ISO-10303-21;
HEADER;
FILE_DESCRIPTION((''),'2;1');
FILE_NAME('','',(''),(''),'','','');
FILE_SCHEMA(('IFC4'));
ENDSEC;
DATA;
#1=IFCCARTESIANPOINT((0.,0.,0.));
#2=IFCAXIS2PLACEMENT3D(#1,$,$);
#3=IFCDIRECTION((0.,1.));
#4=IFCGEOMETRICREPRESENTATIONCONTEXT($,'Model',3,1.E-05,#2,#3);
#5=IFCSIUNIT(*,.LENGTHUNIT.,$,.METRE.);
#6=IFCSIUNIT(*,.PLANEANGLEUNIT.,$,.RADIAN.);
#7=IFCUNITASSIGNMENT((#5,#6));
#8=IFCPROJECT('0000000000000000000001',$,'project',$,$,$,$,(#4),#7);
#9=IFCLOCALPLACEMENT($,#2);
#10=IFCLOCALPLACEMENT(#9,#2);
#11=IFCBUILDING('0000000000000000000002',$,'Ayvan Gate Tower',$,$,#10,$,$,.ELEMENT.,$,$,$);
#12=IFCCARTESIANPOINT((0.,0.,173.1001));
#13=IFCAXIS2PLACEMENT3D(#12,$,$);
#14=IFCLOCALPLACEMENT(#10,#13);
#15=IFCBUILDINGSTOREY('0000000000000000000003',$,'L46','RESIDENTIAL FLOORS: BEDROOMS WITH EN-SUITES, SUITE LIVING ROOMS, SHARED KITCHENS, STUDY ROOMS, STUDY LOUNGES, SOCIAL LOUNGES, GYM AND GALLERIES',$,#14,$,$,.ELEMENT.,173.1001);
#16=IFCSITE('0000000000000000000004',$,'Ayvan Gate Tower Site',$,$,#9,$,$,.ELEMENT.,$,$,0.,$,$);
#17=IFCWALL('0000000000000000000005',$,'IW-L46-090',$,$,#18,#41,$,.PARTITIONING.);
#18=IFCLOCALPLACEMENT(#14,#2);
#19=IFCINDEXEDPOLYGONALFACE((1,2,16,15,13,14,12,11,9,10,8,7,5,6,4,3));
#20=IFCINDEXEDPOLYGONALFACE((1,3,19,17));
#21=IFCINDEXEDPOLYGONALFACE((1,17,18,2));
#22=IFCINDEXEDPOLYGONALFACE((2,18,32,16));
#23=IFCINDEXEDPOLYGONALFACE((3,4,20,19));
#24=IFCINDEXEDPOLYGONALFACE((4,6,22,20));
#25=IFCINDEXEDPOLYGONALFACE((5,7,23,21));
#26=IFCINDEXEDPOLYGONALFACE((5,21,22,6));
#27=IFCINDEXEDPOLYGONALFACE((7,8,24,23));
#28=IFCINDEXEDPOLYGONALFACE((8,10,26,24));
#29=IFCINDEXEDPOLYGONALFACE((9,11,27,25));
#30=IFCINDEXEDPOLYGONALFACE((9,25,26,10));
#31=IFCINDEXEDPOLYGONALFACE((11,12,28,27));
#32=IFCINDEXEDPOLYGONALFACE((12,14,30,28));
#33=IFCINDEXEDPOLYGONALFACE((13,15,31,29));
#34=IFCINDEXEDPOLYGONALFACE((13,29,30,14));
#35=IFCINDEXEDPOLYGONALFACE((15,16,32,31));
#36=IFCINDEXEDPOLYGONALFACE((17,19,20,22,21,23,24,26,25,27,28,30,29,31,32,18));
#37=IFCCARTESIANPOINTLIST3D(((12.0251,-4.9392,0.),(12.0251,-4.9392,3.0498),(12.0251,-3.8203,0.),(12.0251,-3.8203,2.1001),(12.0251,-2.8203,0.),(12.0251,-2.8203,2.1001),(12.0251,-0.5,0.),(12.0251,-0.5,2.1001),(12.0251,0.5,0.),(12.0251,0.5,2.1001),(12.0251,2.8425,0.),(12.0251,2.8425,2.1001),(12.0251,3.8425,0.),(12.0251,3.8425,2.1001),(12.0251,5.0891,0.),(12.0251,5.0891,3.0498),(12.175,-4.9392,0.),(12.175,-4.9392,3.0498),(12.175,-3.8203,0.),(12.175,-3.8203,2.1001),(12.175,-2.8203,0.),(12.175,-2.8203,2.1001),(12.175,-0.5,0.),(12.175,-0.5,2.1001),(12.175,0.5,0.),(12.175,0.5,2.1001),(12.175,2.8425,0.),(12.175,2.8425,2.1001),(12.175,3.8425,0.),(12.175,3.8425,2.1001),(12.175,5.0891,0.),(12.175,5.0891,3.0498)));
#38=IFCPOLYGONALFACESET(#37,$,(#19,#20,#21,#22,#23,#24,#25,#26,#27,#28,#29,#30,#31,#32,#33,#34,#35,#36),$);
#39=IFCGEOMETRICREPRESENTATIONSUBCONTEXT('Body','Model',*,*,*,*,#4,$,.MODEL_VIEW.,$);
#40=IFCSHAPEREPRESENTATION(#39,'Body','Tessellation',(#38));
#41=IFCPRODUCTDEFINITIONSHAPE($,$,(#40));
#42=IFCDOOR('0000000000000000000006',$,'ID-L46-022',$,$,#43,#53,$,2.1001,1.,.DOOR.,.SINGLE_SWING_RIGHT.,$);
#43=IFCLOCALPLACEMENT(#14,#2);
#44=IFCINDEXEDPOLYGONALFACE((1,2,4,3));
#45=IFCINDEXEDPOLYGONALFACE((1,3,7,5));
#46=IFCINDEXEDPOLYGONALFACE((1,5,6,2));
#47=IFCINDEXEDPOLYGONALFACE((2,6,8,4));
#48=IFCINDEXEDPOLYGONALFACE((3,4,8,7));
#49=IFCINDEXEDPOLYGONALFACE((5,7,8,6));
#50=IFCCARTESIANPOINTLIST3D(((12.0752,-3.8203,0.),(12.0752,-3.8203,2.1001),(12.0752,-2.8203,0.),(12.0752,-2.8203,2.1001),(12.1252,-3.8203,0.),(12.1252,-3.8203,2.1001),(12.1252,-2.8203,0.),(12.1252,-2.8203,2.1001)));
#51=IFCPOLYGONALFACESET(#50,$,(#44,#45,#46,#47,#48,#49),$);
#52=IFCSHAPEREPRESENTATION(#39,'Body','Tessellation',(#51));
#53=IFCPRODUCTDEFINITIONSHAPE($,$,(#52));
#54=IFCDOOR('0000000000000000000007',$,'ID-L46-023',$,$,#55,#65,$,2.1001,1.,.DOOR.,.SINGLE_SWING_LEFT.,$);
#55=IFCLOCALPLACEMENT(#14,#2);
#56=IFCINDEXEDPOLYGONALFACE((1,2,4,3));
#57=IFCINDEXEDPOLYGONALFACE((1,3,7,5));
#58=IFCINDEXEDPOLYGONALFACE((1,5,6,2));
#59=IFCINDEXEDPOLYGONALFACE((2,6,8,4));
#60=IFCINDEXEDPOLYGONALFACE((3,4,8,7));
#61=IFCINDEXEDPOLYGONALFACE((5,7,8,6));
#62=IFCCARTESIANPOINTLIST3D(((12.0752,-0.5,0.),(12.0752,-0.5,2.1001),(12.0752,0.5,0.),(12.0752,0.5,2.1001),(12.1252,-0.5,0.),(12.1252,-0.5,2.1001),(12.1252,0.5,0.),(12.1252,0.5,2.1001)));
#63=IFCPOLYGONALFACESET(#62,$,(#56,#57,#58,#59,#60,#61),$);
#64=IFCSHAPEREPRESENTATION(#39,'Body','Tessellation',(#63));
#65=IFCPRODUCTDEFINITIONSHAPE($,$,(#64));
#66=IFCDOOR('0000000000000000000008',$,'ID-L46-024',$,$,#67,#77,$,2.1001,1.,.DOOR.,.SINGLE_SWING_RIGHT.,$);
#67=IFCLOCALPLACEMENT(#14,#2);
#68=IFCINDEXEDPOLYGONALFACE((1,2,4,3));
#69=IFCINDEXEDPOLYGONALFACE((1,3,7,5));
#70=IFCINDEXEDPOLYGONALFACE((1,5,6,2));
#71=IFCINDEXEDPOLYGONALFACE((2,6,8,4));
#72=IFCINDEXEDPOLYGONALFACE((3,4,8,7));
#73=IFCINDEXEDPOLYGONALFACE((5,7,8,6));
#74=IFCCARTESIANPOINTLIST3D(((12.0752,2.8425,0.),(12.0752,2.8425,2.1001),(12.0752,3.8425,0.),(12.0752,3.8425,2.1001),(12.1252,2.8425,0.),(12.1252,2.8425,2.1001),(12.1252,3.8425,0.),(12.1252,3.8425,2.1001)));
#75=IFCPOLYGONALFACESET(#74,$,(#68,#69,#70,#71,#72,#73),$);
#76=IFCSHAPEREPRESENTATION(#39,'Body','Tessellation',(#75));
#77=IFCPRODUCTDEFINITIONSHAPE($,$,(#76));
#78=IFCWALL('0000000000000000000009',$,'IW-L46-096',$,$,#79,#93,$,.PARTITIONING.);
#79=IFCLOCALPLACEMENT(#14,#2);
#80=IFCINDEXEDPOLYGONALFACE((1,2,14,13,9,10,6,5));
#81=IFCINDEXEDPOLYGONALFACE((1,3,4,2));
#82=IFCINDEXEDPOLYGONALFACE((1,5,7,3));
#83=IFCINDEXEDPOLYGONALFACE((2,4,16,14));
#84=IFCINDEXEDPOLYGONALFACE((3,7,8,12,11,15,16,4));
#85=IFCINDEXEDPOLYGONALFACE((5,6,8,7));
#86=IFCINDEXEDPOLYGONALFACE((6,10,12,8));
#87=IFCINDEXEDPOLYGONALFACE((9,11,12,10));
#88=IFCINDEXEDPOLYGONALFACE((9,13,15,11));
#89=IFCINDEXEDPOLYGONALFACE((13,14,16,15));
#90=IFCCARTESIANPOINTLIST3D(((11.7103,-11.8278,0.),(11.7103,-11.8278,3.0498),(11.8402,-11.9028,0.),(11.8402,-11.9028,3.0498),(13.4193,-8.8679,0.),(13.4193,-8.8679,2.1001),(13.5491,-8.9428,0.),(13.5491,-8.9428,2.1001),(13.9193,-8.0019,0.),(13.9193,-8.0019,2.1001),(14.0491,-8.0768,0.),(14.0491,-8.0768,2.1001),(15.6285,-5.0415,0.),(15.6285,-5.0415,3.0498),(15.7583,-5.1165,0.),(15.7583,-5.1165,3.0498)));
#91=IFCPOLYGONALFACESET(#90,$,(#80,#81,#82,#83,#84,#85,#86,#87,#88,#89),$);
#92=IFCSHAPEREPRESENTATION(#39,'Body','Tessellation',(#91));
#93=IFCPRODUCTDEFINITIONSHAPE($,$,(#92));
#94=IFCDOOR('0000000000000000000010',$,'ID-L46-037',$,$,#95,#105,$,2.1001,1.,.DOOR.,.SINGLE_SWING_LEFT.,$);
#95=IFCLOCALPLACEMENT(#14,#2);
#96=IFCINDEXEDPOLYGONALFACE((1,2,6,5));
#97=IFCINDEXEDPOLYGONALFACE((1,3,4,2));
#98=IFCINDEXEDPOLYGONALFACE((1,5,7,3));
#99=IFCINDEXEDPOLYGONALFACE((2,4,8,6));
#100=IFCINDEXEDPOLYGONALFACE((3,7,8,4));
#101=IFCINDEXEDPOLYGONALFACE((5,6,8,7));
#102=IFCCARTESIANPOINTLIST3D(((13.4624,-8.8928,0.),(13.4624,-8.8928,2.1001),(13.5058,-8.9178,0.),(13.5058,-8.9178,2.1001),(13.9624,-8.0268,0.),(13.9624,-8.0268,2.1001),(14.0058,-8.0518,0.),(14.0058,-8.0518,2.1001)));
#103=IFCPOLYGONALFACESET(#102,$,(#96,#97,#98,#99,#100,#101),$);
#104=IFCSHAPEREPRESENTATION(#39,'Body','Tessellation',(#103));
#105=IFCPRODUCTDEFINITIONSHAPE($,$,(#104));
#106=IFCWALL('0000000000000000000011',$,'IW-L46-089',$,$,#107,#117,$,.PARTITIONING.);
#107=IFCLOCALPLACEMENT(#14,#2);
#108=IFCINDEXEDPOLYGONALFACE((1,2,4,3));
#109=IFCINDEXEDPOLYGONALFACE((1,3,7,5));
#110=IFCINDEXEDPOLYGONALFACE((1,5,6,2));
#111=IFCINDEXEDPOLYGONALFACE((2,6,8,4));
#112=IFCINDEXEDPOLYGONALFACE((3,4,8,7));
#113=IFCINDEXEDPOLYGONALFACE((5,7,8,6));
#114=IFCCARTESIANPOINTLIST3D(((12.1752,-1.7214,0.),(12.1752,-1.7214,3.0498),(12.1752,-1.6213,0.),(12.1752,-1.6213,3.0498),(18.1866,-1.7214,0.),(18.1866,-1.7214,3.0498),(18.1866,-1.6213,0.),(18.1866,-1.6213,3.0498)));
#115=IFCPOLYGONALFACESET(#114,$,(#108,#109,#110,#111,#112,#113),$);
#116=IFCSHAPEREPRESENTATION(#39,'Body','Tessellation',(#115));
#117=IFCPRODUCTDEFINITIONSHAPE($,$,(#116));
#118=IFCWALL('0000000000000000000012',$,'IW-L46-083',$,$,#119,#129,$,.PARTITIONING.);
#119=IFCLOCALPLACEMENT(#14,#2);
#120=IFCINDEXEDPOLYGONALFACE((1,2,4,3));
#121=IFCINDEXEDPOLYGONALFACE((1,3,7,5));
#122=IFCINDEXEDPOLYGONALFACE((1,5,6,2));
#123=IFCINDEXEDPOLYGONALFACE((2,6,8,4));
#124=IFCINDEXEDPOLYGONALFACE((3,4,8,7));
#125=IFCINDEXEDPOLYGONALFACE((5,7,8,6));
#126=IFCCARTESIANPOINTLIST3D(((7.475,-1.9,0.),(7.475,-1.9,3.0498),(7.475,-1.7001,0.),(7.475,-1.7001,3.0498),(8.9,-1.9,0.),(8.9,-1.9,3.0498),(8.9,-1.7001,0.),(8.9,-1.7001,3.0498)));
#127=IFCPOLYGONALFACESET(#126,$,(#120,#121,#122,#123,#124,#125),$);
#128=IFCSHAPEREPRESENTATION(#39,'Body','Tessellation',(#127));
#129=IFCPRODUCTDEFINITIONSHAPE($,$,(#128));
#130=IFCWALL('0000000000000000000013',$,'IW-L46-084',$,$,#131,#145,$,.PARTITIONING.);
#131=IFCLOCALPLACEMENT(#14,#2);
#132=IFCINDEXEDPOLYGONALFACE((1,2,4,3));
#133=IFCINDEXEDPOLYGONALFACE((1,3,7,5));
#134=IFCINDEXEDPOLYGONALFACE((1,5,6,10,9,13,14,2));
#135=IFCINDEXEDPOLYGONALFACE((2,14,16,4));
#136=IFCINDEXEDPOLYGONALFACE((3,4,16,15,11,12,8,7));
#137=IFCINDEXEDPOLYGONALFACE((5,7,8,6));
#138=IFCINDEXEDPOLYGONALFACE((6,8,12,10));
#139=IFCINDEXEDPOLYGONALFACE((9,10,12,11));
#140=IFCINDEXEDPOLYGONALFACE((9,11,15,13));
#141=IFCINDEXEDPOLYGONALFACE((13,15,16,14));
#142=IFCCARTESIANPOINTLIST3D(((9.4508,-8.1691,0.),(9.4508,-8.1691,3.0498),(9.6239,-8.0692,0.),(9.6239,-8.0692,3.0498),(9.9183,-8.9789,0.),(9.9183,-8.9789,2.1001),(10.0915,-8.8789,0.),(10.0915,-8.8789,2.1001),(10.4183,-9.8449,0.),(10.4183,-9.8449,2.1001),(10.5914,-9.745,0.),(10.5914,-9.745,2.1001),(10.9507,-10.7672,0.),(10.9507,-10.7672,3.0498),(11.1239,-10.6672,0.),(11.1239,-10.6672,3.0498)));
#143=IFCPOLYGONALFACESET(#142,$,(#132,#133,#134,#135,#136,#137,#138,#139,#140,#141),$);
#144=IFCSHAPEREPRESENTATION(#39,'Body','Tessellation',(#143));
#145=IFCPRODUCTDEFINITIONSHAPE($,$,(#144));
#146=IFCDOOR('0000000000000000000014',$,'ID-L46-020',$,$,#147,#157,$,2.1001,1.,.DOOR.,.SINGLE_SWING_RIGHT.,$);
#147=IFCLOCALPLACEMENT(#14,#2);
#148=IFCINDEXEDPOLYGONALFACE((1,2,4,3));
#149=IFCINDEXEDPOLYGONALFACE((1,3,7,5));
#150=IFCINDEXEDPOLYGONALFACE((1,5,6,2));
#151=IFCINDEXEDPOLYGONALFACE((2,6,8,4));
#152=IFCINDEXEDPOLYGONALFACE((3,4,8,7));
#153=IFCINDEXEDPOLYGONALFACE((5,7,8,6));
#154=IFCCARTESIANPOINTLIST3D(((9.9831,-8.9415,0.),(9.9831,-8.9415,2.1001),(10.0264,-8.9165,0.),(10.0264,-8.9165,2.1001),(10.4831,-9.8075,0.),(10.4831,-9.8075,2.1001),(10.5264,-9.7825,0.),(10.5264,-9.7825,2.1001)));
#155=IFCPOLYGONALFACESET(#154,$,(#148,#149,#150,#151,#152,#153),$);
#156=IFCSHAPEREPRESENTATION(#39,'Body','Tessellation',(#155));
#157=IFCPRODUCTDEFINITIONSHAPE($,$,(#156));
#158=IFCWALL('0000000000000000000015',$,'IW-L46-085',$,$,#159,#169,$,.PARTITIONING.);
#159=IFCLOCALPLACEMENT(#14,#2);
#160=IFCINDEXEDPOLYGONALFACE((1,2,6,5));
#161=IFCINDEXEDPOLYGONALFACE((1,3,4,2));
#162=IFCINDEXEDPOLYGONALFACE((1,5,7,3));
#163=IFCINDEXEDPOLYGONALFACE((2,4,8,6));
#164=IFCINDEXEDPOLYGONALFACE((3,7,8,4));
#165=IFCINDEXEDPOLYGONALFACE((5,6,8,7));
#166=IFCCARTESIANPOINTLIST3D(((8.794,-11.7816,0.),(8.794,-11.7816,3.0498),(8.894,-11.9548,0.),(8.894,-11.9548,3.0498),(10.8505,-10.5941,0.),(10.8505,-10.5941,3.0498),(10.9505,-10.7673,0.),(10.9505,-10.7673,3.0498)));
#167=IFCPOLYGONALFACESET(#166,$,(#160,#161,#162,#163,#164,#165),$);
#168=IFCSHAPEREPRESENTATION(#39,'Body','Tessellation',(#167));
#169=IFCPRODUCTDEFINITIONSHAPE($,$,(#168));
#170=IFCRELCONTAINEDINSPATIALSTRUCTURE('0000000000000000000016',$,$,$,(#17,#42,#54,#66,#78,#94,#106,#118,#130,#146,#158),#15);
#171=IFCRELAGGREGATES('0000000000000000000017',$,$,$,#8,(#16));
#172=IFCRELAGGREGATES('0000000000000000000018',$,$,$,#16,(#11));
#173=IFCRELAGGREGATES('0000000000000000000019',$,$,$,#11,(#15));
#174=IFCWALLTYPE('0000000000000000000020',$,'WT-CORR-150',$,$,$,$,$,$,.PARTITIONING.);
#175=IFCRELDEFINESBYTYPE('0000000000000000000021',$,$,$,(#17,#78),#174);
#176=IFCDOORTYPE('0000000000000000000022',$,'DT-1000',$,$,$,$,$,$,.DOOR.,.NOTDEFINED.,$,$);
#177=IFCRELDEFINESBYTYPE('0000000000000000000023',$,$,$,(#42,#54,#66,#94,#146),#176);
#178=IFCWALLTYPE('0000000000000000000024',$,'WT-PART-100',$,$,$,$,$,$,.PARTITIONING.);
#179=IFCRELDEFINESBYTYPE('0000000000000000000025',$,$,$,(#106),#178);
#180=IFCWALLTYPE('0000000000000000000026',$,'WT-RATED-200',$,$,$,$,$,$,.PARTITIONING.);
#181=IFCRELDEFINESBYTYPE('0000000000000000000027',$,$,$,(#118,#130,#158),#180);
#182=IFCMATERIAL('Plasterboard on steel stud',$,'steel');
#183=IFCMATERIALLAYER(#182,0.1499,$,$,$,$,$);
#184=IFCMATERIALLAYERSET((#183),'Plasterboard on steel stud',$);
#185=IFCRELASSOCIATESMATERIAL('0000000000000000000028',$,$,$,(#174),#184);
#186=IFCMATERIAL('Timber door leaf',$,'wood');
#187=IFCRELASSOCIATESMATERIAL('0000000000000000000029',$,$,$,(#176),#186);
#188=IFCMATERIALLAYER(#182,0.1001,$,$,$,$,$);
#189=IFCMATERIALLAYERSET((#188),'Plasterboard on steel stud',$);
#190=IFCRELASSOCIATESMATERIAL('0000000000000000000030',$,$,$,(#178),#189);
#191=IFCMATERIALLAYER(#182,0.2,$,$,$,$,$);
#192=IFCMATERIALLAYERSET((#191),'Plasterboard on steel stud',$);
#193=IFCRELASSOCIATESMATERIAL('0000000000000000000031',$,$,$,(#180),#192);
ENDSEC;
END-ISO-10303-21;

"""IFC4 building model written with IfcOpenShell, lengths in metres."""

from ifc_helpers import new_model, si_unit, direction, frame, frame_2d, origin, place, context, subcontext, project, spatial, rectangle, extrude, material, layer, layer_set, type_object, element, fill, save


model = new_model("IFC4")

# Units and contexts
model_context = context("Model", 3, precision=1e-05, world=origin(), true_north=direction((0.0, 1.0)))
body_context = subcontext(model_context, "Body", "Model", "MODEL_VIEW")
ifc_project = project(units=[si_unit("LENGTHUNIT", "METRE"), si_unit("PLANEANGLEUNIT", "RADIAN")], contexts=[model_context])

# Site, building, storey
site_placement = place(None, origin())
site = spatial("IfcSite", under=ifc_project, at=site_placement, Name="Ayvan Gate Tower Site", CompositionType="ELEMENT", RefElevation=0.0)
building_placement = place(site_placement, origin())
building = spatial("IfcBuilding", under=site, at=building_placement, Name="Ayvan Gate Tower", CompositionType="ELEMENT")
storey_placement = place(building_placement, frame((0.0, 0.0, 173.1001)))
storey = spatial("IfcBuildingStorey", under=building, at=storey_placement, Name="L46", Description="RESIDENTIAL FLOORS: BEDROOMS WITH EN-SUITES, SUITE LIVING ROOMS, SHARED KITCHENS, STUDY ROOMS, STUDY LOUNGES, SOCIAL LOUNGES, GYM AND GALLERIES", CompositionType="ELEMENT", Elevation=173.1001)

# Shared definitions
ifc_material_1 = material(Name="Timber door leaf", Category="wood")

# Shared definitions
ifc_material_2 = material(Name="Plasterboard on steel stud", Category="steel")
ifc_layer_1 = layer(ifc_material_2, 0.1499)
ifc_layer_set_1 = layer_set([ifc_layer_1], Name="Plasterboard on steel stud")
wall_type_1 = type_object("IfcWallType", Name="WT-CORR-150", PredefinedType="PARTITIONING", material=ifc_layer_set_1)

# Wall, openings, doors
wall_1_placement = place(storey_placement, frame((12.1001, -4.9392, 0.0), z_axis=(0.0, 0.0, 1.0), x_axis=(0.0, 1.0, 0.0)))
wall_1 = element("IfcWall", 1, at=wall_1_placement, inside=storey, type_object=wall_type_1, Name="IW-L46-090", PredefinedType="PARTITIONING", context=body_context, shape_type="SweptSolid", body=[
    extrude(rectangle(XDim=10.0283, YDim=0.1499, at=frame_2d((5.0142, 0.0))), origin(), (0.0, 0.0, 1.0), 3.0498),
])
opening_1_placement = place(wall_1_placement, frame((1.1189, 0.0, 0.0)))
opening_1 = element("IfcOpeningElement", 2, at=opening_1_placement, cuts=wall_1, PredefinedType="OPENING", context=body_context, shape_type="SweptSolid", body=[
    extrude(rectangle(XDim=1.0, YDim=2.1001, at=frame_2d((0.5, 1.05))), frame((0.0, 0.085, 0.0), z_axis=(0.0, -1.0, 0.0), x_axis=(1.0, 0.0, 0.0)), (0.0, 0.0, 1.0), 0.1699),
])
opening_2_placement = place(wall_1_placement, frame((4.4392, 0.0, 0.0)))
opening_2 = element("IfcOpeningElement", 3, at=opening_2_placement, cuts=wall_1, PredefinedType="OPENING", context=body_context, shape_type="SweptSolid", body=[
    extrude(rectangle(XDim=1.0, YDim=2.1001, at=frame_2d((0.5, 1.05))), frame((0.0, 0.085, 0.0), z_axis=(0.0, -1.0, 0.0), x_axis=(1.0, 0.0, 0.0)), (0.0, 0.0, 1.0), 0.1699),
])
opening_3_placement = place(wall_1_placement, frame((7.7817, 0.0, 0.0)))
opening_3 = element("IfcOpeningElement", 4, at=opening_3_placement, cuts=wall_1, PredefinedType="OPENING", context=body_context, shape_type="SweptSolid", body=[
    extrude(rectangle(XDim=1.0, YDim=2.1001, at=frame_2d((0.5, 1.05))), frame((0.0, 0.085, 0.0), z_axis=(0.0, -1.0, 0.0), x_axis=(1.0, 0.0, 0.0)), (0.0, 0.0, 1.0), 0.1699),
])
door_type_1 = type_object("IfcDoorType", Name="DT-1000", OperationType="NOTDEFINED", PredefinedType="DOOR", material=ifc_material_1)
door_1_placement = place(opening_1_placement, origin())
door_1 = element("IfcDoor", 5, at=door_1_placement, inside=storey, type_object=door_type_1, Name="ID-L46-022", OperationType="SINGLE_SWING_RIGHT", OverallHeight=2.1001, OverallWidth=1.0, PredefinedType="DOOR", context=body_context, shape_type="SweptSolid", body=[
    extrude(rectangle(XDim=1.0, YDim=2.1001, at=frame_2d((0.5, 1.05))), frame((0.0, 0.0249, 0.0), z_axis=(0.0, -1.0, 0.0), x_axis=(1.0, 0.0, 0.0)), (0.0, 0.0, 1.0), 0.05),
])
fill(opening_1, door_1)
door_2_placement = place(opening_2_placement, origin())
door_2 = element("IfcDoor", 6, at=door_2_placement, inside=storey, type_object=door_type_1, Name="ID-L46-023", OperationType="SINGLE_SWING_LEFT", OverallHeight=2.1001, OverallWidth=1.0, PredefinedType="DOOR", context=body_context, shape_type="SweptSolid", body=[
    extrude(rectangle(XDim=1.0, YDim=2.1001, at=frame_2d((0.5, 1.05))), frame((0.0, 0.0249, 0.0), z_axis=(0.0, -1.0, 0.0), x_axis=(1.0, 0.0, 0.0)), (0.0, 0.0, 1.0), 0.05),
])
fill(opening_2, door_2)
door_3_placement = place(opening_3_placement, origin())
door_3 = element("IfcDoor", 7, at=door_3_placement, inside=storey, type_object=door_type_1, Name="ID-L46-024", OperationType="SINGLE_SWING_RIGHT", OverallHeight=2.1001, OverallWidth=1.0, PredefinedType="DOOR", context=body_context, shape_type="SweptSolid", body=[
    extrude(rectangle(XDim=1.0, YDim=2.1001, at=frame_2d((0.5, 1.05))), frame((0.0, 0.0249, 0.0), z_axis=(0.0, -1.0, 0.0), x_axis=(1.0, 0.0, 0.0)), (0.0, 0.0, 1.0), 0.05),
])
fill(opening_3, door_3)

# Wall, opening, door
wall_2_placement = place(storey_placement, frame((15.6934, -5.0791, 0.0), z_axis=(0.0, 0.0, 1.0), x_axis=(-0.500009, -0.86602, 0.0)))
wall_2 = element("IfcWall", 8, at=wall_2_placement, inside=storey, type_object=wall_type_1, Name="IW-L46-096", PredefinedType="PARTITIONING", context=body_context, shape_type="SweptSolid", body=[
    extrude(rectangle(XDim=7.8362, YDim=0.1499, at=frame_2d((3.918, 0.0))), origin(), (0.0, 0.0, 1.0), 3.0498),
])
opening_4_placement = place(wall_2_placement, frame((3.4182, 0.0, 0.0)))
opening_4 = element("IfcOpeningElement", 9, at=opening_4_placement, cuts=wall_2, PredefinedType="OPENING", context=body_context, shape_type="SweptSolid", body=[
    extrude(rectangle(XDim=1.0, YDim=2.1001, at=frame_2d((0.5, 1.05))), frame((0.0, 0.085, 0.0), z_axis=(0.0, -1.0, 0.0), x_axis=(1.0, 0.0, 0.0)), (0.0, 0.0, 1.0), 0.1699),
])
door_4_placement = place(opening_4_placement, origin())
door_4 = element("IfcDoor", 10, at=door_4_placement, inside=storey, type_object=door_type_1, Name="ID-L46-037", OperationType="SINGLE_SWING_LEFT", OverallHeight=2.1001, OverallWidth=1.0, PredefinedType="DOOR", context=body_context, shape_type="SweptSolid", body=[
    extrude(rectangle(XDim=1.0, YDim=2.1001, at=frame_2d((0.5, 1.05))), frame((0.0, 0.0249, 0.0), z_axis=(0.0, -1.0, 0.0), x_axis=(1.0, 0.0, 0.0)), (0.0, 0.0, 1.0), 0.05),
])
fill(opening_4, door_4)

# Walls
ifc_layer_2 = layer(ifc_material_2, 0.1001)
ifc_layer_set_2 = layer_set([ifc_layer_2], Name="Plasterboard on steel stud")
wall_type_2 = type_object("IfcWallType", Name="WT-PART-100", PredefinedType="PARTITIONING", material=ifc_layer_set_2)
wall_3_placement = place(storey_placement, frame((12.175, -1.6714, 0.0), z_axis=(0.0, 0.0, 1.0), x_axis=(1.0, 0.0, 0.0)))
element("IfcWall", 11, at=wall_3_placement, inside=storey, type_object=wall_type_2, Name="IW-L46-089", PredefinedType="PARTITIONING", context=body_context, shape_type="SweptSolid", body=[
    extrude(rectangle(XDim=6.0115, YDim=0.1001, at=frame_2d((3.0059, 0.0))), origin(), (0.0, 0.0, 1.0), 3.0498),
])
ifc_layer_3 = layer(ifc_material_2, 0.2)
ifc_layer_set_3 = layer_set([ifc_layer_3], Name="Plasterboard on steel stud")
wall_type_3 = type_object("IfcWallType", Name="WT-RATED-200", PredefinedType="PARTITIONING", material=ifc_layer_set_3)
wall_4_placement = place(storey_placement, frame((8.8999, -1.8, 0.0), z_axis=(0.0, 0.0, 1.0), x_axis=(-1.0, 0.0, 0.0)))
element("IfcWall", 12, at=wall_4_placement, inside=storey, type_object=wall_type_3, Name="IW-L46-083", PredefinedType="PARTITIONING", context=body_context, shape_type="SweptSolid", body=[
    extrude(rectangle(XDim=1.425, YDim=0.2, at=frame_2d((0.7124, 0.0))), origin(), (0.0, 0.0, 1.0), 3.0498),
])

# Wall, opening, door
wall_5_placement = place(storey_placement, frame((9.5374, -8.1191, 0.0), z_axis=(0.0, 0.0, 1.0), x_axis=(0.49999, -0.866031, 0.0)))
wall_5 = element("IfcWall", 13, at=wall_5_placement, inside=storey, type_object=wall_type_3, Name="IW-L46-084", PredefinedType="PARTITIONING", context=body_context, shape_type="SweptSolid", body=[
    extrude(rectangle(XDim=3.0, YDim=0.2, at=frame_2d((1.5, 0.0))), origin(), (0.0, 0.0, 1.0), 3.0498),
])
opening_5_placement = place(wall_5_placement, frame((0.9351, 0.0, 0.0)))
opening_5 = element("IfcOpeningElement", 14, at=opening_5_placement, cuts=wall_5, PredefinedType="OPENING", context=body_context, shape_type="SweptSolid", body=[
    extrude(rectangle(XDim=1.0, YDim=2.1001, at=frame_2d((0.5, 1.05))), frame((0.0, 0.1099, 0.0), z_axis=(0.0, -1.0, 0.0), x_axis=(1.0, 0.0, 0.0)), (0.0, 0.0, 1.0), 0.22),
])
door_5_placement = place(opening_5_placement, origin())
door_5 = element("IfcDoor", 15, at=door_5_placement, inside=storey, type_object=door_type_1, Name="ID-L46-020", OperationType="SINGLE_SWING_RIGHT", OverallHeight=2.1001, OverallWidth=1.0, PredefinedType="DOOR", context=body_context, shape_type="SweptSolid", body=[
    extrude(rectangle(XDim=1.0, YDim=2.1001, at=frame_2d((0.5, 1.05))), frame((0.0, 0.0249, 0.0), z_axis=(0.0, -1.0, 0.0), x_axis=(1.0, 0.0, 0.0)), (0.0, 0.0, 1.0), 0.05),
])
fill(opening_5, door_5)

# Wall
wall_6_placement = place(storey_placement, frame((10.9006, -10.6807, 0.0), z_axis=(0.0, 0.0, 1.0), x_axis=(-0.866008, -0.500031, 0.0)))
element("IfcWall", 16, at=wall_6_placement, inside=storey, type_object=wall_type_3, Name="IW-L46-085", PredefinedType="PARTITIONING", context=body_context, shape_type="SweptSolid", body=[
    extrude(rectangle(XDim=2.3748, YDim=0.2, at=frame_2d((1.1875, 0.0))), origin(), (0.0, 0.0, 1.0), 3.0498),
])

save(model, "model.ifc")
